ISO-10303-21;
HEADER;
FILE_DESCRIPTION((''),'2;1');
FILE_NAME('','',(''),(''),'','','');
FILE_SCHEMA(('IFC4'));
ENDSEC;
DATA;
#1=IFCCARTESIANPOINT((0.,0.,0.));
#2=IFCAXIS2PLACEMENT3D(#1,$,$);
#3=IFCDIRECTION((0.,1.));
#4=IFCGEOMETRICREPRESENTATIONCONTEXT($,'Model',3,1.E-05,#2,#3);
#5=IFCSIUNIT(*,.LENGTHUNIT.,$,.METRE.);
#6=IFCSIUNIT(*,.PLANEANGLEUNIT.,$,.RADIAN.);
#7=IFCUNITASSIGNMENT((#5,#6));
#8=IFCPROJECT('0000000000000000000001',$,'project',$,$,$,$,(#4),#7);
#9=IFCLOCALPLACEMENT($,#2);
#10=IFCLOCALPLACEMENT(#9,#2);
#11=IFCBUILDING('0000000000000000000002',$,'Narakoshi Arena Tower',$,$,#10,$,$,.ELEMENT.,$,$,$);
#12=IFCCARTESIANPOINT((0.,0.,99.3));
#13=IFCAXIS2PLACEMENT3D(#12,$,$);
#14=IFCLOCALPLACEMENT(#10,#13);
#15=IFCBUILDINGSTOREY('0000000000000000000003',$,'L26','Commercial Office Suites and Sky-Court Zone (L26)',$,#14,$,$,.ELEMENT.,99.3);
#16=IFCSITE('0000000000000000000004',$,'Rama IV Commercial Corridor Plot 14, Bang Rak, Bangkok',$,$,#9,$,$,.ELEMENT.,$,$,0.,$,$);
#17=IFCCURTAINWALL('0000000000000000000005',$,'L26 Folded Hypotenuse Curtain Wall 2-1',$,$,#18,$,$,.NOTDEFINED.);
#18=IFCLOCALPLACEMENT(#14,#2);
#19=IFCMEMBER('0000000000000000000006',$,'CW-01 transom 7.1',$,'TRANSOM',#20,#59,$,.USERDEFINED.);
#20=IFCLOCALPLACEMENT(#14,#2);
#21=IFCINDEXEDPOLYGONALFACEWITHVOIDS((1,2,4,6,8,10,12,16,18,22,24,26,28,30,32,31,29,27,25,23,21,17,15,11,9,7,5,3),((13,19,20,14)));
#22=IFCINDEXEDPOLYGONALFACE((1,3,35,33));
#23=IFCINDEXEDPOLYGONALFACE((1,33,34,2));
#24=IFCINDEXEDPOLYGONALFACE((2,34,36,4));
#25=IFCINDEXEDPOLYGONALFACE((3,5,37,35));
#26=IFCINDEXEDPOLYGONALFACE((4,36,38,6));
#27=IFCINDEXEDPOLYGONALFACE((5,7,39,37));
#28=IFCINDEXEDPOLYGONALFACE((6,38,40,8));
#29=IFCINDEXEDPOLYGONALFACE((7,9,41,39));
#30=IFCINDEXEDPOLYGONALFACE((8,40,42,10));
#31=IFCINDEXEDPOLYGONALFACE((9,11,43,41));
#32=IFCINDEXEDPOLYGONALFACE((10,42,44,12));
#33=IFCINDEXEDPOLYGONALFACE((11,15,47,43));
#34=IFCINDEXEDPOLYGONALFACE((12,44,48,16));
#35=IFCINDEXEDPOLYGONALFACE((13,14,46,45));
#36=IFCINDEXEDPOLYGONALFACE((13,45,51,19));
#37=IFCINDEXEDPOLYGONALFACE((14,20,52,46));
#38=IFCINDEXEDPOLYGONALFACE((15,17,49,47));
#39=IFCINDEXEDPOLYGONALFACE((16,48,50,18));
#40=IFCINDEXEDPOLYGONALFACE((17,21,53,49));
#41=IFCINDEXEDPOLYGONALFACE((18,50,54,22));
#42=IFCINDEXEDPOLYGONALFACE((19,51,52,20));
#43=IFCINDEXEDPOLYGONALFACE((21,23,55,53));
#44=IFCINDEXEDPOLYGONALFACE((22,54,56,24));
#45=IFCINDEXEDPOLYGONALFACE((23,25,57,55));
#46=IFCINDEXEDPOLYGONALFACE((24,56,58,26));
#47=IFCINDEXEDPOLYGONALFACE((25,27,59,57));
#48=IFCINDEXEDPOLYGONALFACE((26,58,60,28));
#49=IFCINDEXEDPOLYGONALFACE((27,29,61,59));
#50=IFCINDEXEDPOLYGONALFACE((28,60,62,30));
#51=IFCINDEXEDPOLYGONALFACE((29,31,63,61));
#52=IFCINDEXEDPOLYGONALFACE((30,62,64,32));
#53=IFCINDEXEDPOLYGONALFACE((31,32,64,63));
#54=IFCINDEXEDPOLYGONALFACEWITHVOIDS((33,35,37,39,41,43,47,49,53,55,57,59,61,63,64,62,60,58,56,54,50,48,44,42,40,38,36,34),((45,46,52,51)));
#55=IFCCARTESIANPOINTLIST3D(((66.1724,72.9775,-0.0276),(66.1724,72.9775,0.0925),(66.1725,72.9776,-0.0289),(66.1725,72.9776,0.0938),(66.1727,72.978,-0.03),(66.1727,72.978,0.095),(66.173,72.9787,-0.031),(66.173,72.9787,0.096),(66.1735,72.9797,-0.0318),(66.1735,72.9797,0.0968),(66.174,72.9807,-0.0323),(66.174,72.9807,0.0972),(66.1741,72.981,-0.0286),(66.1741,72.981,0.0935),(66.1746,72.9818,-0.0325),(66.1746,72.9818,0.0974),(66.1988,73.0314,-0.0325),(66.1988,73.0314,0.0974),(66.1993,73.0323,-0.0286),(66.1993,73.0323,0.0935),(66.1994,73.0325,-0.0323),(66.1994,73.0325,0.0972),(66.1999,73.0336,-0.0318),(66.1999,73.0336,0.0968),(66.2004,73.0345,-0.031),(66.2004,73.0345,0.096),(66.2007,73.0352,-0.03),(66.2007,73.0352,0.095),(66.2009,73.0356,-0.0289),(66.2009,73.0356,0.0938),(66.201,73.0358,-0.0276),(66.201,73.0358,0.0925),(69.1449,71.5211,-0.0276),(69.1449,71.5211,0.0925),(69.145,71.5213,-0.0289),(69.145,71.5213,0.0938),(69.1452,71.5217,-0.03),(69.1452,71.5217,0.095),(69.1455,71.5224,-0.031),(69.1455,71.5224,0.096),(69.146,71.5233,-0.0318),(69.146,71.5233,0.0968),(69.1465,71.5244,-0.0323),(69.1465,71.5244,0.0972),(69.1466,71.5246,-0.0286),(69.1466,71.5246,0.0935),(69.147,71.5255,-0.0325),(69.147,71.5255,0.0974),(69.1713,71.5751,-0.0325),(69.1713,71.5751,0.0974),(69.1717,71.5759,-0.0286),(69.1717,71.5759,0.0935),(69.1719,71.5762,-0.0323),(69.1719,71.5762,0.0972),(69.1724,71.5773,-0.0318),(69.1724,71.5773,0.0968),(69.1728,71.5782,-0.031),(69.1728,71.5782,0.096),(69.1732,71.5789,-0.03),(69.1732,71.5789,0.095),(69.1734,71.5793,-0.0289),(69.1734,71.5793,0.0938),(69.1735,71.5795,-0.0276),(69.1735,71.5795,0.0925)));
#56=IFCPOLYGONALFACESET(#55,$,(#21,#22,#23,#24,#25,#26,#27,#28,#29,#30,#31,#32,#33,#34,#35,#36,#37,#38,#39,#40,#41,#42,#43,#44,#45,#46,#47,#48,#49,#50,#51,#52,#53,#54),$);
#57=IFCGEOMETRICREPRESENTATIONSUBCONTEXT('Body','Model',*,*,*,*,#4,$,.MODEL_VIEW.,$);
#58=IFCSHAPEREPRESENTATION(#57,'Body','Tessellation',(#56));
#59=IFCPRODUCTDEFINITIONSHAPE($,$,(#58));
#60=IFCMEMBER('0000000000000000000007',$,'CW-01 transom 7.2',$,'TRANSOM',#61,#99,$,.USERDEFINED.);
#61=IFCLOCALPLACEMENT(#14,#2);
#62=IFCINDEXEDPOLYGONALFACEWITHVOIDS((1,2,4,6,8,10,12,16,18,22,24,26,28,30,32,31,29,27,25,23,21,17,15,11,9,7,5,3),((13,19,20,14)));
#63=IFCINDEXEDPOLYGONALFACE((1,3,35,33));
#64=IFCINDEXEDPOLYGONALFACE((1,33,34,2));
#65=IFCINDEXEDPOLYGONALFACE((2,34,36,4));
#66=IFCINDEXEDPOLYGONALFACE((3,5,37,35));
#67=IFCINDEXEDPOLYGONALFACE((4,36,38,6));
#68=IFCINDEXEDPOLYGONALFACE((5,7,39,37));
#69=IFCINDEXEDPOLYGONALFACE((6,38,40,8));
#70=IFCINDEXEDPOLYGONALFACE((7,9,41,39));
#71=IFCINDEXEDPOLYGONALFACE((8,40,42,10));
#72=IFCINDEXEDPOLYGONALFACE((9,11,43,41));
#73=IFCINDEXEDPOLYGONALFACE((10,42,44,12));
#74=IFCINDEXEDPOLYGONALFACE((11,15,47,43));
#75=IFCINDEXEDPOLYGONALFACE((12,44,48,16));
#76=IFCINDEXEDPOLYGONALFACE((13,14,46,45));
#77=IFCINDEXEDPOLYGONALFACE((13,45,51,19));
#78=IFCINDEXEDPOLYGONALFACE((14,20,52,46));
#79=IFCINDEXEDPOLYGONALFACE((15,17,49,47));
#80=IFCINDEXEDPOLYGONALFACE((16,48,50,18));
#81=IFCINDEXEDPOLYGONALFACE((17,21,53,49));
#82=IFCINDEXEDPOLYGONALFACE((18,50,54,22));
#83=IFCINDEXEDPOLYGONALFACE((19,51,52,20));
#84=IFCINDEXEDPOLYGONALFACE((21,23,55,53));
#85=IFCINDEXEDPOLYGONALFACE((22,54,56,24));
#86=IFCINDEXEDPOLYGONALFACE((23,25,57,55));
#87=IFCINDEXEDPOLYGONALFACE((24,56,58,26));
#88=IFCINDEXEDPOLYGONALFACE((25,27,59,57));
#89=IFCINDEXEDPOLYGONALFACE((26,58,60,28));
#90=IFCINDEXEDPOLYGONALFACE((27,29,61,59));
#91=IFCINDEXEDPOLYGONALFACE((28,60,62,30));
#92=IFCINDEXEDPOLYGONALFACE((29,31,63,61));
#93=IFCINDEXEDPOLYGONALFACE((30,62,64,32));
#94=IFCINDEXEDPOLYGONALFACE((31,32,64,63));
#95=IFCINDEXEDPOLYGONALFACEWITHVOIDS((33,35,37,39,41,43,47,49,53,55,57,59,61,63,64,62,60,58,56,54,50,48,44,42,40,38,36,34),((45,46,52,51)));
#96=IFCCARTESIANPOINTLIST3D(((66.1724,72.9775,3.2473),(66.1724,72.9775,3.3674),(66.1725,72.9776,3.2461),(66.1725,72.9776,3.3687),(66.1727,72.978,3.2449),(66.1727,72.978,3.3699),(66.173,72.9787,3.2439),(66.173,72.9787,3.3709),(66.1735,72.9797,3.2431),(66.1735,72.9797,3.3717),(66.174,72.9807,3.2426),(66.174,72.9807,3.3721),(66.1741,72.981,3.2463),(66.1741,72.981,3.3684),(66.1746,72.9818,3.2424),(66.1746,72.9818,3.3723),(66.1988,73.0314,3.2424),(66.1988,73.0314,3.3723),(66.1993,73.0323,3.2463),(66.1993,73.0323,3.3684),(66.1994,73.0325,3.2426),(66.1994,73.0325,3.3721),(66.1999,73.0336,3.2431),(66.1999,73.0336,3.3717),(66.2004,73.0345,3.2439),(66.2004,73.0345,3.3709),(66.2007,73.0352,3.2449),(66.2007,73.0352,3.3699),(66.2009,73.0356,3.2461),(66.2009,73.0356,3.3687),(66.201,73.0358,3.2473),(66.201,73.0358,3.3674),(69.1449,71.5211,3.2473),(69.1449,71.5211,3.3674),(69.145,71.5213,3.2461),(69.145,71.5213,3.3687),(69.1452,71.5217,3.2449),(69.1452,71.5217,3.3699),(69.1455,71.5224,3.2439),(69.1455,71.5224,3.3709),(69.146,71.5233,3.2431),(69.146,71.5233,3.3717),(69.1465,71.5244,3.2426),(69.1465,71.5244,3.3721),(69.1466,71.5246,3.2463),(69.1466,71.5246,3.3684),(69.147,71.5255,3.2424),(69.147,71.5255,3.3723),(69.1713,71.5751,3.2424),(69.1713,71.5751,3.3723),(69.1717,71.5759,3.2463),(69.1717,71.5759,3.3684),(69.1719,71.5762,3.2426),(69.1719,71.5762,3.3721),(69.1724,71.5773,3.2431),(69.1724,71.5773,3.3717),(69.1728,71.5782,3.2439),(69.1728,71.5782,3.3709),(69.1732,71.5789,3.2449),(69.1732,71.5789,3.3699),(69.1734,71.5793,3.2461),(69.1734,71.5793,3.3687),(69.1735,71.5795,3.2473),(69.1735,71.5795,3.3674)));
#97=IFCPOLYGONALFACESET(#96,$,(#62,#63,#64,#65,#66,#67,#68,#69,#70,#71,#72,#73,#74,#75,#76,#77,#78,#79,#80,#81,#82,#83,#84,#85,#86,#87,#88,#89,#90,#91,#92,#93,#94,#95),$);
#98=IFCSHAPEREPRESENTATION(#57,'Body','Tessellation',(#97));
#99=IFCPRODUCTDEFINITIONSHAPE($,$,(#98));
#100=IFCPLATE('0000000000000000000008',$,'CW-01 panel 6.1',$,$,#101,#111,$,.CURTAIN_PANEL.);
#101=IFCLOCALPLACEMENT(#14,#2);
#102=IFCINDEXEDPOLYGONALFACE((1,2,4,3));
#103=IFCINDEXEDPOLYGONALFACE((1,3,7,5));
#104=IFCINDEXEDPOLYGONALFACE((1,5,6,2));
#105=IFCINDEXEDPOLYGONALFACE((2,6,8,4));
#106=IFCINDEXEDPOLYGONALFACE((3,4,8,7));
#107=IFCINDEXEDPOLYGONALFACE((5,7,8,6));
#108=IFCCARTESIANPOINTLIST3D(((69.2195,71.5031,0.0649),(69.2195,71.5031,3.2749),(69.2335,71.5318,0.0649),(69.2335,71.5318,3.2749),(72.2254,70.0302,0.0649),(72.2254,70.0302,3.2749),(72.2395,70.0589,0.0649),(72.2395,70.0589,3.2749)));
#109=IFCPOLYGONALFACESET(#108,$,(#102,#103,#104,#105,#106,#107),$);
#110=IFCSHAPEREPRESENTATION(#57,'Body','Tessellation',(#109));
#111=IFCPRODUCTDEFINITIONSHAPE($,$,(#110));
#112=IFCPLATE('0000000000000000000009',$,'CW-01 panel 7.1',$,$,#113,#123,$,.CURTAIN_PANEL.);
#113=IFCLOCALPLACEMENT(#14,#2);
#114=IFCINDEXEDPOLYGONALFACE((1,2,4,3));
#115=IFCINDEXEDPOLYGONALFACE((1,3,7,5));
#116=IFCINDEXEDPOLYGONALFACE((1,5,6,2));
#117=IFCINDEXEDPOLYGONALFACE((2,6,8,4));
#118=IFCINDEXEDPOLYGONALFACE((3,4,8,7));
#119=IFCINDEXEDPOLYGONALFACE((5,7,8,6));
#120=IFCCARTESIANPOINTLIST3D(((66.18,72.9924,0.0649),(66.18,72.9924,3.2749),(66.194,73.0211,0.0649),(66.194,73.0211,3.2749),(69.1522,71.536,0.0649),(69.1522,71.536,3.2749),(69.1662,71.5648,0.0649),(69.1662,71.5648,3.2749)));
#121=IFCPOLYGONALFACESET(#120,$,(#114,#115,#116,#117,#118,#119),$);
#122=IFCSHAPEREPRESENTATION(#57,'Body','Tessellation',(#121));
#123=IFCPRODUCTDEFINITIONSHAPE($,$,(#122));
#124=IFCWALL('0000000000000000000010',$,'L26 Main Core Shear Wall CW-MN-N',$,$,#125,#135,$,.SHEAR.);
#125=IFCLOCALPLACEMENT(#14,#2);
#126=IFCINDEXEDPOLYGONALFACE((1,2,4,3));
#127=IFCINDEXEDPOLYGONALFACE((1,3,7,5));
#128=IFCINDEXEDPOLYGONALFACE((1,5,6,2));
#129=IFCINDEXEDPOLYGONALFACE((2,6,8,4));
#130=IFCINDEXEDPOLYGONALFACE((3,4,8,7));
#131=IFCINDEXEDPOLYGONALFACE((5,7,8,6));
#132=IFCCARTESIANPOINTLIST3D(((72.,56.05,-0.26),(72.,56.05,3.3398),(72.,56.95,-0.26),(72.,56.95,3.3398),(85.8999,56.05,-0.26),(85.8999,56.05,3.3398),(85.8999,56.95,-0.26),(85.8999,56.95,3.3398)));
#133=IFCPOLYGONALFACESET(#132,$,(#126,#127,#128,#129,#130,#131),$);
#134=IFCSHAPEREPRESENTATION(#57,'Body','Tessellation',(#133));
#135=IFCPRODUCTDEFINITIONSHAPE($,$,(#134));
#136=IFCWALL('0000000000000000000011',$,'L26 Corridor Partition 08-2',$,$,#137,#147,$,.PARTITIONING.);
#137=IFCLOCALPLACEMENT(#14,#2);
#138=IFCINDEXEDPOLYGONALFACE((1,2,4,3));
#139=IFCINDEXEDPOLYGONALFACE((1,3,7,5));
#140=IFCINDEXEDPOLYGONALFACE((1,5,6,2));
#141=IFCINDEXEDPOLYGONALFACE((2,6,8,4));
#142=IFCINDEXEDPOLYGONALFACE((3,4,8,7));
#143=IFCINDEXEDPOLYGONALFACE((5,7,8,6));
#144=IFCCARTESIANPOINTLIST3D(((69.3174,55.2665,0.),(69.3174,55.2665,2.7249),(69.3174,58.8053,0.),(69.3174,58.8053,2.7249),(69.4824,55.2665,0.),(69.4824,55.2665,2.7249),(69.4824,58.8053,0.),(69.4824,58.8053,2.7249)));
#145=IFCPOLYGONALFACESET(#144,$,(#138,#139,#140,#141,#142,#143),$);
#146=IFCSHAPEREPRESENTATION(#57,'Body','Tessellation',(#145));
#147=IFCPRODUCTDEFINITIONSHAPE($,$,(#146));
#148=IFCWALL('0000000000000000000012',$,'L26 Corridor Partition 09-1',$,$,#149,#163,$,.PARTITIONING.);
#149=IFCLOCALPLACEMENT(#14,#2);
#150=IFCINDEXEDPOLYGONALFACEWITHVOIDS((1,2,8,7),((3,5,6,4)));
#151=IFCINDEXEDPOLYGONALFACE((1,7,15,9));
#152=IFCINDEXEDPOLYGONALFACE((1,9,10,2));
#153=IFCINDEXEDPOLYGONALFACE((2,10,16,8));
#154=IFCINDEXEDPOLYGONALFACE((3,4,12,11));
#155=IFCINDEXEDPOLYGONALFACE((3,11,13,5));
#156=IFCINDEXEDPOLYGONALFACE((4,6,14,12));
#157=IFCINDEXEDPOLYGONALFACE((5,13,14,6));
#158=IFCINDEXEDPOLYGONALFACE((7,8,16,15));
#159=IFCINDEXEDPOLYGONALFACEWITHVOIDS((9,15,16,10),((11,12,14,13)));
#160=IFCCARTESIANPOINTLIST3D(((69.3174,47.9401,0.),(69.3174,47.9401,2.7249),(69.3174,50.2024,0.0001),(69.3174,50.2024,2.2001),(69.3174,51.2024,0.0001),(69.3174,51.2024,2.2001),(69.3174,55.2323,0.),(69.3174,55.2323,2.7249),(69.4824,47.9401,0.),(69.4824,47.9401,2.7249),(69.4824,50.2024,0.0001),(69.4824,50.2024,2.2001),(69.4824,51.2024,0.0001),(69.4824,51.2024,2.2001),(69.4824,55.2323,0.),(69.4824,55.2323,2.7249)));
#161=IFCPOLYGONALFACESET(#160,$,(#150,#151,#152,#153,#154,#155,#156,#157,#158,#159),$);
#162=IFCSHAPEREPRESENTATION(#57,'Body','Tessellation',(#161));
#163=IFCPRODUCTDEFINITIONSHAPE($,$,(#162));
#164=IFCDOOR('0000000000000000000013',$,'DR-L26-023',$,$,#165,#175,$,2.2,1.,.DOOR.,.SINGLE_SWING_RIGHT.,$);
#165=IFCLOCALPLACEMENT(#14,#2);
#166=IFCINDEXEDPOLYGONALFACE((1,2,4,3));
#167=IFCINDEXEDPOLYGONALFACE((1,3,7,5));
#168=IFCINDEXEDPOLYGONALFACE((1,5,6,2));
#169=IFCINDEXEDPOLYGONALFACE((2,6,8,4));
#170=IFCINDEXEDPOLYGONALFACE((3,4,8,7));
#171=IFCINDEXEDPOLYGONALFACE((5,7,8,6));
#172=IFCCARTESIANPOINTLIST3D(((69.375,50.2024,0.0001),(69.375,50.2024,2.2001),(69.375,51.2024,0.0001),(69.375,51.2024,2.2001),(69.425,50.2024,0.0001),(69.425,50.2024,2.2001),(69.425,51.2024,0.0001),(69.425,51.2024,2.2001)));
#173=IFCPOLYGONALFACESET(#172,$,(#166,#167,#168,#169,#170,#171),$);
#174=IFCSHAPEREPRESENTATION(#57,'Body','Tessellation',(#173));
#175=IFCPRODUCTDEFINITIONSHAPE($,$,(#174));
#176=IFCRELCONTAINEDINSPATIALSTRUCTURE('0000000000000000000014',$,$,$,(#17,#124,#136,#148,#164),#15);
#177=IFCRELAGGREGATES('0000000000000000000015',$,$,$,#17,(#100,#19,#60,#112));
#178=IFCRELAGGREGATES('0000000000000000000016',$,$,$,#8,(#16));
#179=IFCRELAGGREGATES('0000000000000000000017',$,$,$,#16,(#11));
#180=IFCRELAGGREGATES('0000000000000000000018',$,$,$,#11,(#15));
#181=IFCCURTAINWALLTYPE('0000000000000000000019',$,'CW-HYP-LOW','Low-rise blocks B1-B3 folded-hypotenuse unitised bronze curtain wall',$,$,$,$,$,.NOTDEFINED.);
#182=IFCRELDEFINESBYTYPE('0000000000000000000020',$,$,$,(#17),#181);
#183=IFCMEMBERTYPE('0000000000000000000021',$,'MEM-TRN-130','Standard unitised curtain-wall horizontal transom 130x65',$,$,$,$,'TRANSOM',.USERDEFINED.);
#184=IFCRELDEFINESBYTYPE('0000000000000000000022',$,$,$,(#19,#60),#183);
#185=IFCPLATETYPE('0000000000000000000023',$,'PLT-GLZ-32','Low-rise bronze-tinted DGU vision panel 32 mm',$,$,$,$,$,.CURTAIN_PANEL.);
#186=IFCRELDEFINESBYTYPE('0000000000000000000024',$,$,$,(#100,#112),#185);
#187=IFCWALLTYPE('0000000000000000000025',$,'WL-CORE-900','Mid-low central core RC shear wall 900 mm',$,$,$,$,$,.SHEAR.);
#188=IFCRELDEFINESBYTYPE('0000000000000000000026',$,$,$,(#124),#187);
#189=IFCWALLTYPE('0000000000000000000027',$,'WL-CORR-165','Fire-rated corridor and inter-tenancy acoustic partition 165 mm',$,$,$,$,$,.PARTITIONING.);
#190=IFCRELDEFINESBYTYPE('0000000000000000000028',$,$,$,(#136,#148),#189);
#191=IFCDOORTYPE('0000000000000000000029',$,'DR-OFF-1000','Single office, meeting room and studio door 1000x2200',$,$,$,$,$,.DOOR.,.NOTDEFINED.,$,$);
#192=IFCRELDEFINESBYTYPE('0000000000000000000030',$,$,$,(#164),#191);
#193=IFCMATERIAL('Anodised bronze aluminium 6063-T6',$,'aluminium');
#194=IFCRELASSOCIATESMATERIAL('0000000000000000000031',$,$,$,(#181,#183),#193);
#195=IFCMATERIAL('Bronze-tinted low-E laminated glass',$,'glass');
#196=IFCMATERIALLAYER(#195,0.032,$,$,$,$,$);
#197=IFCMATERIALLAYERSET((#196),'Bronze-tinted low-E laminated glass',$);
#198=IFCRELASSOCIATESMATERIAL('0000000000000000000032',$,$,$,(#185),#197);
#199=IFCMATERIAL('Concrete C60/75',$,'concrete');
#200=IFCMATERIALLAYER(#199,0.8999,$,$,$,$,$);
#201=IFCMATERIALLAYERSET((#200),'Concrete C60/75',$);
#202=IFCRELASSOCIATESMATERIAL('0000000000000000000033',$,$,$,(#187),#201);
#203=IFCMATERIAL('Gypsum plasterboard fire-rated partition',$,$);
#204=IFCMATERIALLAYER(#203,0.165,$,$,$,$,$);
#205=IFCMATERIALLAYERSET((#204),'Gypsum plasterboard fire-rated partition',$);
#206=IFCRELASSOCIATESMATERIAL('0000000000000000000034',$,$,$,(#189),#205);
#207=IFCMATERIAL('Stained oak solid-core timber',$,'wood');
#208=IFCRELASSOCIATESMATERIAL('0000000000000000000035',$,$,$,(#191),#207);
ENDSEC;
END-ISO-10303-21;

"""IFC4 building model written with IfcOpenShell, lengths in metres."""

from ifc_helpers import new_model, si_unit, direction, frame, frame_2d, origin, origin_2d, place, context, subcontext, project, spatial, rectangle, hollow_rectangle, extrude, material, layer, layer_set, material_profile, profile_set, type_object, element, fill, aggregate, save


model = new_model("IFC4")

# Units and contexts
model_context = context("Model", 3, precision=1e-05, world=origin(), true_north=direction((0.0, 1.0)))
body_context = subcontext(model_context, "Body", "Model", "MODEL_VIEW")
ifc_project = project(units=[si_unit("LENGTHUNIT", "METRE"), si_unit("PLANEANGLEUNIT", "RADIAN")], contexts=[model_context])

# Site, building, storey
site_placement = place(None, origin())
site = spatial("IfcSite", under=ifc_project, at=site_placement, Name="Rama IV Commercial Corridor Plot 14, Bang Rak, Bangkok", CompositionType="ELEMENT", RefElevation=0.0)
building_placement = place(site_placement, origin())
building = spatial("IfcBuilding", under=site, at=building_placement, Name="Narakoshi Arena Tower", CompositionType="ELEMENT")
storey_placement = place(building_placement, frame((0.0, 0.0, 99.3)))
storey = spatial("IfcBuildingStorey", under=building, at=storey_placement, Name="L26", Description="Commercial Office Suites and Sky-Court Zone (L26)", CompositionType="ELEMENT", Elevation=99.3)

# Shared definitions
ifc_material_1 = material(Name="Concrete C60/75", Category="concrete")

# Curtain wall, members, plates
ifc_material_2 = material(Name="Anodised bronze aluminium 6063-T6", Category="aluminium")
curtain_wall_type = type_object("IfcCurtainWallType", Name="CW-HYP-LOW", Description="Low-rise blocks B1-B3 folded-hypotenuse unitised bronze curtain wall", PredefinedType="NOTDEFINED", material=ifc_material_2)
curtain_wall_placement = place(storey_placement, origin())
curtain_wall = element("IfcCurtainWall", 1, at=curtain_wall_placement, inside=storey, type_object=curtain_wall_type, Name="L26 Folded Hypotenuse Curtain Wall 2-1", PredefinedType="NOTDEFINED")
ifc_material_profile_1 = material_profile(ifc_material_2, hollow_rectangle(XDim=0.0649, YDim=0.1299, WallThickness=0.0039, OuterFilletRadius=0.0049, at=origin_2d()), Name="TRN130x65x4")
ifc_profile_set_1 = profile_set([ifc_material_profile_1], Name="Anodised bronze aluminium 6063-T6")
member_type_1 = type_object("IfcMemberType", Name="MEM-TRN-130", Description="Standard unitised curtain-wall horizontal transom 130x65", ElementType="TRANSOM", PredefinedType="USERDEFINED", material=ifc_profile_set_1)
member_1_placement = place(storey_placement, frame((69.1592, 71.5503, 0.0325), z_axis=(-0.898012, 0.439971, 0.0), x_axis=(-0.439971, -0.898012, 0.0)))
member_1 = element("IfcMember", 2, at=member_1_placement, type_object=member_type_1, Name="CW-01 transom 7.1", ObjectType="TRANSOM", PredefinedType="USERDEFINED", context=body_context, shape_type="SweptSolid", body=[
    extrude(hollow_rectangle(XDim=0.0649, YDim=0.1299, WallThickness=0.0039, OuterFilletRadius=0.0049, at=origin_2d()), origin(), (0.0, 0.0, 1.0), 3.3101),
])
member_2_placement = place(storey_placement, frame((69.1592, 71.5503, 3.3074), z_axis=(-0.898012, 0.439971, 0.0), x_axis=(-0.439971, -0.898012, 0.0)))
member_2 = element("IfcMember", 3, at=member_2_placement, type_object=member_type_1, Name="CW-01 transom 7.2", ObjectType="TRANSOM", PredefinedType="USERDEFINED", context=body_context, shape_type="SweptSolid", body=[
    extrude(hollow_rectangle(XDim=0.0649, YDim=0.1299, WallThickness=0.0039, OuterFilletRadius=0.0049, at=origin_2d()), origin(), (0.0, 0.0, 1.0), 3.3101),
])
ifc_material_3 = material(Name="Bronze-tinted low-E laminated glass", Category="glass")
ifc_layer_1 = layer(ifc_material_3, 0.032)
ifc_layer_set_1 = layer_set([ifc_layer_1], Name="Bronze-tinted low-E laminated glass")
plate_type = type_object("IfcPlateType", Name="PLT-GLZ-32", Description="Low-rise bronze-tinted DGU vision panel 32 mm", PredefinedType="CURTAIN_PANEL", material=ifc_layer_set_1)
plate_1_placement = place(storey_placement, frame((70.7295, 70.781, 0.0649), z_axis=(0.0, 0.0, 1.0), x_axis=(-0.897996, 0.440005, 0.0)))
plate_1 = element("IfcPlate", 4, at=plate_1_placement, type_object=plate_type, Name="CW-01 panel 6.1", PredefinedType="CURTAIN_PANEL", context=body_context, shape_type="SweptSolid", body=[
    extrude(rectangle(XDim=3.3474, YDim=0.032, at=origin_2d()), origin(), (0.0, 0.0, 1.0), 3.21),
])
plate_2_placement = place(storey_placement, frame((67.6731, 72.2786, 0.0649), z_axis=(0.0, 0.0, 1.0), x_axis=(-0.897996, 0.440005, 0.0)))
plate_2 = element("IfcPlate", 5, at=plate_2_placement, type_object=plate_type, Name="CW-01 panel 7.1", PredefinedType="CURTAIN_PANEL", context=body_context, shape_type="SweptSolid", body=[
    extrude(rectangle(XDim=3.3098, YDim=0.032, at=origin_2d()), origin(), (0.0, 0.0, 1.0), 3.21),
])
aggregate(curtain_wall, [plate_1, member_1, member_2, plate_2])

# Walls
ifc_layer_2 = layer(ifc_material_1, 0.8999)
ifc_layer_set_2 = layer_set([ifc_layer_2], Name="Concrete C60/75")
wall_type_1 = type_object("IfcWallType", Name="WL-CORE-900", Description="Mid-low central core RC shear wall 900 mm", PredefinedType="SHEAR", material=ifc_layer_set_2)
wall_1_placement = place(storey_placement, frame((72.0, 56.5, -0.26), z_axis=(0.0, 0.0, 1.0), x_axis=(1.0, 0.0, 0.0)))
element("IfcWall", 6, at=wall_1_placement, inside=storey, type_object=wall_type_1, Name="L26 Main Core Shear Wall CW-MN-N", PredefinedType="SHEAR", context=body_context, shape_type="SweptSolid", body=[
    extrude(rectangle(XDim=13.8999, YDim=0.8999, at=frame_2d((6.95, 0.0))), origin(), (0.0, 0.0, 1.0), 3.5999),
])
ifc_material_4 = material(Name="Gypsum plasterboard fire-rated partition")
ifc_layer_3 = layer(ifc_material_4, 0.165)
ifc_layer_set_3 = layer_set([ifc_layer_3], Name="Gypsum plasterboard fire-rated partition")
wall_type_2 = type_object("IfcWallType", Name="WL-CORR-165", Description="Fire-rated corridor and inter-tenancy acoustic partition 165 mm", PredefinedType="PARTITIONING", material=ifc_layer_set_3)
wall_2_placement = place(storey_placement, frame((69.3999, 58.8054, 0.0), z_axis=(0.0, 0.0, 1.0), x_axis=(0.0, -1.0, 0.0)))
element("IfcWall", 7, at=wall_2_placement, inside=storey, type_object=wall_type_2, Name="L26 Corridor Partition 08-2", PredefinedType="PARTITIONING", context=body_context, shape_type="SweptSolid", body=[
    extrude(rectangle(XDim=3.5388, YDim=0.165, at=frame_2d((1.7695, 0.0))), origin(), (0.0, 0.0, 1.0), 2.7249),
])

# Wall, opening, door
wall_3_placement = place(storey_placement, frame((69.3999, 55.2322, 0.0), z_axis=(0.0, 0.0, 1.0), x_axis=(0.0, -1.0, 0.0)))
wall_3 = element("IfcWall", 8, at=wall_3_placement, inside=storey, type_object=wall_type_2, Name="L26 Corridor Partition 09-1", PredefinedType="PARTITIONING", context=body_context, shape_type="SweptSolid", body=[
    extrude(rectangle(XDim=7.2922, YDim=0.165, at=frame_2d((3.646, 0.0))), origin(), (0.0, 0.0, 1.0), 2.7249),
])
opening_1_placement = place(wall_3_placement, frame((4.0298, 0.0, 0.0)))
opening_1 = element("IfcOpeningElement", 9, at=opening_1_placement, cuts=wall_3, PredefinedType="OPENING", context=body_context, shape_type="SweptSolid", body=[
    extrude(rectangle(XDim=1.0, YDim=2.2, at=frame_2d((0.5, 1.1001))), frame((0.0, 0.0925, 0.0), z_axis=(0.0, -1.0, 0.0), x_axis=(1.0, 0.0, 0.0)), (0.0, 0.0, 1.0), 0.1851),
])
ifc_material_5 = material(Name="Stained oak solid-core timber", Category="wood")
door_type = type_object("IfcDoorType", Name="DR-OFF-1000", Description="Single office, meeting room and studio door 1000x2200", OperationType="NOTDEFINED", PredefinedType="DOOR", material=ifc_material_5)
door_placement = place(opening_1_placement, frame((1.0, 0.0, 0.0), z_axis=(0.0, 0.0, 1.0), x_axis=(-1.0, 0.0, 0.0)))
door = element("IfcDoor", 10, at=door_placement, inside=storey, type_object=door_type, Name="DR-L26-023", OperationType="SINGLE_SWING_RIGHT", OverallHeight=2.2, OverallWidth=1.0, PredefinedType="DOOR", context=body_context, shape_type="SweptSolid", body=[
    extrude(rectangle(XDim=1.0, YDim=2.2, at=frame_2d((0.5, 1.1001))), frame((0.0, 0.0249, 0.0), z_axis=(0.0, -1.0, 0.0), x_axis=(1.0, 0.0, 0.0)), (0.0, 0.0, 1.0), 0.05),
])
fill(opening_1, door)

save(model, "model.ifc")
